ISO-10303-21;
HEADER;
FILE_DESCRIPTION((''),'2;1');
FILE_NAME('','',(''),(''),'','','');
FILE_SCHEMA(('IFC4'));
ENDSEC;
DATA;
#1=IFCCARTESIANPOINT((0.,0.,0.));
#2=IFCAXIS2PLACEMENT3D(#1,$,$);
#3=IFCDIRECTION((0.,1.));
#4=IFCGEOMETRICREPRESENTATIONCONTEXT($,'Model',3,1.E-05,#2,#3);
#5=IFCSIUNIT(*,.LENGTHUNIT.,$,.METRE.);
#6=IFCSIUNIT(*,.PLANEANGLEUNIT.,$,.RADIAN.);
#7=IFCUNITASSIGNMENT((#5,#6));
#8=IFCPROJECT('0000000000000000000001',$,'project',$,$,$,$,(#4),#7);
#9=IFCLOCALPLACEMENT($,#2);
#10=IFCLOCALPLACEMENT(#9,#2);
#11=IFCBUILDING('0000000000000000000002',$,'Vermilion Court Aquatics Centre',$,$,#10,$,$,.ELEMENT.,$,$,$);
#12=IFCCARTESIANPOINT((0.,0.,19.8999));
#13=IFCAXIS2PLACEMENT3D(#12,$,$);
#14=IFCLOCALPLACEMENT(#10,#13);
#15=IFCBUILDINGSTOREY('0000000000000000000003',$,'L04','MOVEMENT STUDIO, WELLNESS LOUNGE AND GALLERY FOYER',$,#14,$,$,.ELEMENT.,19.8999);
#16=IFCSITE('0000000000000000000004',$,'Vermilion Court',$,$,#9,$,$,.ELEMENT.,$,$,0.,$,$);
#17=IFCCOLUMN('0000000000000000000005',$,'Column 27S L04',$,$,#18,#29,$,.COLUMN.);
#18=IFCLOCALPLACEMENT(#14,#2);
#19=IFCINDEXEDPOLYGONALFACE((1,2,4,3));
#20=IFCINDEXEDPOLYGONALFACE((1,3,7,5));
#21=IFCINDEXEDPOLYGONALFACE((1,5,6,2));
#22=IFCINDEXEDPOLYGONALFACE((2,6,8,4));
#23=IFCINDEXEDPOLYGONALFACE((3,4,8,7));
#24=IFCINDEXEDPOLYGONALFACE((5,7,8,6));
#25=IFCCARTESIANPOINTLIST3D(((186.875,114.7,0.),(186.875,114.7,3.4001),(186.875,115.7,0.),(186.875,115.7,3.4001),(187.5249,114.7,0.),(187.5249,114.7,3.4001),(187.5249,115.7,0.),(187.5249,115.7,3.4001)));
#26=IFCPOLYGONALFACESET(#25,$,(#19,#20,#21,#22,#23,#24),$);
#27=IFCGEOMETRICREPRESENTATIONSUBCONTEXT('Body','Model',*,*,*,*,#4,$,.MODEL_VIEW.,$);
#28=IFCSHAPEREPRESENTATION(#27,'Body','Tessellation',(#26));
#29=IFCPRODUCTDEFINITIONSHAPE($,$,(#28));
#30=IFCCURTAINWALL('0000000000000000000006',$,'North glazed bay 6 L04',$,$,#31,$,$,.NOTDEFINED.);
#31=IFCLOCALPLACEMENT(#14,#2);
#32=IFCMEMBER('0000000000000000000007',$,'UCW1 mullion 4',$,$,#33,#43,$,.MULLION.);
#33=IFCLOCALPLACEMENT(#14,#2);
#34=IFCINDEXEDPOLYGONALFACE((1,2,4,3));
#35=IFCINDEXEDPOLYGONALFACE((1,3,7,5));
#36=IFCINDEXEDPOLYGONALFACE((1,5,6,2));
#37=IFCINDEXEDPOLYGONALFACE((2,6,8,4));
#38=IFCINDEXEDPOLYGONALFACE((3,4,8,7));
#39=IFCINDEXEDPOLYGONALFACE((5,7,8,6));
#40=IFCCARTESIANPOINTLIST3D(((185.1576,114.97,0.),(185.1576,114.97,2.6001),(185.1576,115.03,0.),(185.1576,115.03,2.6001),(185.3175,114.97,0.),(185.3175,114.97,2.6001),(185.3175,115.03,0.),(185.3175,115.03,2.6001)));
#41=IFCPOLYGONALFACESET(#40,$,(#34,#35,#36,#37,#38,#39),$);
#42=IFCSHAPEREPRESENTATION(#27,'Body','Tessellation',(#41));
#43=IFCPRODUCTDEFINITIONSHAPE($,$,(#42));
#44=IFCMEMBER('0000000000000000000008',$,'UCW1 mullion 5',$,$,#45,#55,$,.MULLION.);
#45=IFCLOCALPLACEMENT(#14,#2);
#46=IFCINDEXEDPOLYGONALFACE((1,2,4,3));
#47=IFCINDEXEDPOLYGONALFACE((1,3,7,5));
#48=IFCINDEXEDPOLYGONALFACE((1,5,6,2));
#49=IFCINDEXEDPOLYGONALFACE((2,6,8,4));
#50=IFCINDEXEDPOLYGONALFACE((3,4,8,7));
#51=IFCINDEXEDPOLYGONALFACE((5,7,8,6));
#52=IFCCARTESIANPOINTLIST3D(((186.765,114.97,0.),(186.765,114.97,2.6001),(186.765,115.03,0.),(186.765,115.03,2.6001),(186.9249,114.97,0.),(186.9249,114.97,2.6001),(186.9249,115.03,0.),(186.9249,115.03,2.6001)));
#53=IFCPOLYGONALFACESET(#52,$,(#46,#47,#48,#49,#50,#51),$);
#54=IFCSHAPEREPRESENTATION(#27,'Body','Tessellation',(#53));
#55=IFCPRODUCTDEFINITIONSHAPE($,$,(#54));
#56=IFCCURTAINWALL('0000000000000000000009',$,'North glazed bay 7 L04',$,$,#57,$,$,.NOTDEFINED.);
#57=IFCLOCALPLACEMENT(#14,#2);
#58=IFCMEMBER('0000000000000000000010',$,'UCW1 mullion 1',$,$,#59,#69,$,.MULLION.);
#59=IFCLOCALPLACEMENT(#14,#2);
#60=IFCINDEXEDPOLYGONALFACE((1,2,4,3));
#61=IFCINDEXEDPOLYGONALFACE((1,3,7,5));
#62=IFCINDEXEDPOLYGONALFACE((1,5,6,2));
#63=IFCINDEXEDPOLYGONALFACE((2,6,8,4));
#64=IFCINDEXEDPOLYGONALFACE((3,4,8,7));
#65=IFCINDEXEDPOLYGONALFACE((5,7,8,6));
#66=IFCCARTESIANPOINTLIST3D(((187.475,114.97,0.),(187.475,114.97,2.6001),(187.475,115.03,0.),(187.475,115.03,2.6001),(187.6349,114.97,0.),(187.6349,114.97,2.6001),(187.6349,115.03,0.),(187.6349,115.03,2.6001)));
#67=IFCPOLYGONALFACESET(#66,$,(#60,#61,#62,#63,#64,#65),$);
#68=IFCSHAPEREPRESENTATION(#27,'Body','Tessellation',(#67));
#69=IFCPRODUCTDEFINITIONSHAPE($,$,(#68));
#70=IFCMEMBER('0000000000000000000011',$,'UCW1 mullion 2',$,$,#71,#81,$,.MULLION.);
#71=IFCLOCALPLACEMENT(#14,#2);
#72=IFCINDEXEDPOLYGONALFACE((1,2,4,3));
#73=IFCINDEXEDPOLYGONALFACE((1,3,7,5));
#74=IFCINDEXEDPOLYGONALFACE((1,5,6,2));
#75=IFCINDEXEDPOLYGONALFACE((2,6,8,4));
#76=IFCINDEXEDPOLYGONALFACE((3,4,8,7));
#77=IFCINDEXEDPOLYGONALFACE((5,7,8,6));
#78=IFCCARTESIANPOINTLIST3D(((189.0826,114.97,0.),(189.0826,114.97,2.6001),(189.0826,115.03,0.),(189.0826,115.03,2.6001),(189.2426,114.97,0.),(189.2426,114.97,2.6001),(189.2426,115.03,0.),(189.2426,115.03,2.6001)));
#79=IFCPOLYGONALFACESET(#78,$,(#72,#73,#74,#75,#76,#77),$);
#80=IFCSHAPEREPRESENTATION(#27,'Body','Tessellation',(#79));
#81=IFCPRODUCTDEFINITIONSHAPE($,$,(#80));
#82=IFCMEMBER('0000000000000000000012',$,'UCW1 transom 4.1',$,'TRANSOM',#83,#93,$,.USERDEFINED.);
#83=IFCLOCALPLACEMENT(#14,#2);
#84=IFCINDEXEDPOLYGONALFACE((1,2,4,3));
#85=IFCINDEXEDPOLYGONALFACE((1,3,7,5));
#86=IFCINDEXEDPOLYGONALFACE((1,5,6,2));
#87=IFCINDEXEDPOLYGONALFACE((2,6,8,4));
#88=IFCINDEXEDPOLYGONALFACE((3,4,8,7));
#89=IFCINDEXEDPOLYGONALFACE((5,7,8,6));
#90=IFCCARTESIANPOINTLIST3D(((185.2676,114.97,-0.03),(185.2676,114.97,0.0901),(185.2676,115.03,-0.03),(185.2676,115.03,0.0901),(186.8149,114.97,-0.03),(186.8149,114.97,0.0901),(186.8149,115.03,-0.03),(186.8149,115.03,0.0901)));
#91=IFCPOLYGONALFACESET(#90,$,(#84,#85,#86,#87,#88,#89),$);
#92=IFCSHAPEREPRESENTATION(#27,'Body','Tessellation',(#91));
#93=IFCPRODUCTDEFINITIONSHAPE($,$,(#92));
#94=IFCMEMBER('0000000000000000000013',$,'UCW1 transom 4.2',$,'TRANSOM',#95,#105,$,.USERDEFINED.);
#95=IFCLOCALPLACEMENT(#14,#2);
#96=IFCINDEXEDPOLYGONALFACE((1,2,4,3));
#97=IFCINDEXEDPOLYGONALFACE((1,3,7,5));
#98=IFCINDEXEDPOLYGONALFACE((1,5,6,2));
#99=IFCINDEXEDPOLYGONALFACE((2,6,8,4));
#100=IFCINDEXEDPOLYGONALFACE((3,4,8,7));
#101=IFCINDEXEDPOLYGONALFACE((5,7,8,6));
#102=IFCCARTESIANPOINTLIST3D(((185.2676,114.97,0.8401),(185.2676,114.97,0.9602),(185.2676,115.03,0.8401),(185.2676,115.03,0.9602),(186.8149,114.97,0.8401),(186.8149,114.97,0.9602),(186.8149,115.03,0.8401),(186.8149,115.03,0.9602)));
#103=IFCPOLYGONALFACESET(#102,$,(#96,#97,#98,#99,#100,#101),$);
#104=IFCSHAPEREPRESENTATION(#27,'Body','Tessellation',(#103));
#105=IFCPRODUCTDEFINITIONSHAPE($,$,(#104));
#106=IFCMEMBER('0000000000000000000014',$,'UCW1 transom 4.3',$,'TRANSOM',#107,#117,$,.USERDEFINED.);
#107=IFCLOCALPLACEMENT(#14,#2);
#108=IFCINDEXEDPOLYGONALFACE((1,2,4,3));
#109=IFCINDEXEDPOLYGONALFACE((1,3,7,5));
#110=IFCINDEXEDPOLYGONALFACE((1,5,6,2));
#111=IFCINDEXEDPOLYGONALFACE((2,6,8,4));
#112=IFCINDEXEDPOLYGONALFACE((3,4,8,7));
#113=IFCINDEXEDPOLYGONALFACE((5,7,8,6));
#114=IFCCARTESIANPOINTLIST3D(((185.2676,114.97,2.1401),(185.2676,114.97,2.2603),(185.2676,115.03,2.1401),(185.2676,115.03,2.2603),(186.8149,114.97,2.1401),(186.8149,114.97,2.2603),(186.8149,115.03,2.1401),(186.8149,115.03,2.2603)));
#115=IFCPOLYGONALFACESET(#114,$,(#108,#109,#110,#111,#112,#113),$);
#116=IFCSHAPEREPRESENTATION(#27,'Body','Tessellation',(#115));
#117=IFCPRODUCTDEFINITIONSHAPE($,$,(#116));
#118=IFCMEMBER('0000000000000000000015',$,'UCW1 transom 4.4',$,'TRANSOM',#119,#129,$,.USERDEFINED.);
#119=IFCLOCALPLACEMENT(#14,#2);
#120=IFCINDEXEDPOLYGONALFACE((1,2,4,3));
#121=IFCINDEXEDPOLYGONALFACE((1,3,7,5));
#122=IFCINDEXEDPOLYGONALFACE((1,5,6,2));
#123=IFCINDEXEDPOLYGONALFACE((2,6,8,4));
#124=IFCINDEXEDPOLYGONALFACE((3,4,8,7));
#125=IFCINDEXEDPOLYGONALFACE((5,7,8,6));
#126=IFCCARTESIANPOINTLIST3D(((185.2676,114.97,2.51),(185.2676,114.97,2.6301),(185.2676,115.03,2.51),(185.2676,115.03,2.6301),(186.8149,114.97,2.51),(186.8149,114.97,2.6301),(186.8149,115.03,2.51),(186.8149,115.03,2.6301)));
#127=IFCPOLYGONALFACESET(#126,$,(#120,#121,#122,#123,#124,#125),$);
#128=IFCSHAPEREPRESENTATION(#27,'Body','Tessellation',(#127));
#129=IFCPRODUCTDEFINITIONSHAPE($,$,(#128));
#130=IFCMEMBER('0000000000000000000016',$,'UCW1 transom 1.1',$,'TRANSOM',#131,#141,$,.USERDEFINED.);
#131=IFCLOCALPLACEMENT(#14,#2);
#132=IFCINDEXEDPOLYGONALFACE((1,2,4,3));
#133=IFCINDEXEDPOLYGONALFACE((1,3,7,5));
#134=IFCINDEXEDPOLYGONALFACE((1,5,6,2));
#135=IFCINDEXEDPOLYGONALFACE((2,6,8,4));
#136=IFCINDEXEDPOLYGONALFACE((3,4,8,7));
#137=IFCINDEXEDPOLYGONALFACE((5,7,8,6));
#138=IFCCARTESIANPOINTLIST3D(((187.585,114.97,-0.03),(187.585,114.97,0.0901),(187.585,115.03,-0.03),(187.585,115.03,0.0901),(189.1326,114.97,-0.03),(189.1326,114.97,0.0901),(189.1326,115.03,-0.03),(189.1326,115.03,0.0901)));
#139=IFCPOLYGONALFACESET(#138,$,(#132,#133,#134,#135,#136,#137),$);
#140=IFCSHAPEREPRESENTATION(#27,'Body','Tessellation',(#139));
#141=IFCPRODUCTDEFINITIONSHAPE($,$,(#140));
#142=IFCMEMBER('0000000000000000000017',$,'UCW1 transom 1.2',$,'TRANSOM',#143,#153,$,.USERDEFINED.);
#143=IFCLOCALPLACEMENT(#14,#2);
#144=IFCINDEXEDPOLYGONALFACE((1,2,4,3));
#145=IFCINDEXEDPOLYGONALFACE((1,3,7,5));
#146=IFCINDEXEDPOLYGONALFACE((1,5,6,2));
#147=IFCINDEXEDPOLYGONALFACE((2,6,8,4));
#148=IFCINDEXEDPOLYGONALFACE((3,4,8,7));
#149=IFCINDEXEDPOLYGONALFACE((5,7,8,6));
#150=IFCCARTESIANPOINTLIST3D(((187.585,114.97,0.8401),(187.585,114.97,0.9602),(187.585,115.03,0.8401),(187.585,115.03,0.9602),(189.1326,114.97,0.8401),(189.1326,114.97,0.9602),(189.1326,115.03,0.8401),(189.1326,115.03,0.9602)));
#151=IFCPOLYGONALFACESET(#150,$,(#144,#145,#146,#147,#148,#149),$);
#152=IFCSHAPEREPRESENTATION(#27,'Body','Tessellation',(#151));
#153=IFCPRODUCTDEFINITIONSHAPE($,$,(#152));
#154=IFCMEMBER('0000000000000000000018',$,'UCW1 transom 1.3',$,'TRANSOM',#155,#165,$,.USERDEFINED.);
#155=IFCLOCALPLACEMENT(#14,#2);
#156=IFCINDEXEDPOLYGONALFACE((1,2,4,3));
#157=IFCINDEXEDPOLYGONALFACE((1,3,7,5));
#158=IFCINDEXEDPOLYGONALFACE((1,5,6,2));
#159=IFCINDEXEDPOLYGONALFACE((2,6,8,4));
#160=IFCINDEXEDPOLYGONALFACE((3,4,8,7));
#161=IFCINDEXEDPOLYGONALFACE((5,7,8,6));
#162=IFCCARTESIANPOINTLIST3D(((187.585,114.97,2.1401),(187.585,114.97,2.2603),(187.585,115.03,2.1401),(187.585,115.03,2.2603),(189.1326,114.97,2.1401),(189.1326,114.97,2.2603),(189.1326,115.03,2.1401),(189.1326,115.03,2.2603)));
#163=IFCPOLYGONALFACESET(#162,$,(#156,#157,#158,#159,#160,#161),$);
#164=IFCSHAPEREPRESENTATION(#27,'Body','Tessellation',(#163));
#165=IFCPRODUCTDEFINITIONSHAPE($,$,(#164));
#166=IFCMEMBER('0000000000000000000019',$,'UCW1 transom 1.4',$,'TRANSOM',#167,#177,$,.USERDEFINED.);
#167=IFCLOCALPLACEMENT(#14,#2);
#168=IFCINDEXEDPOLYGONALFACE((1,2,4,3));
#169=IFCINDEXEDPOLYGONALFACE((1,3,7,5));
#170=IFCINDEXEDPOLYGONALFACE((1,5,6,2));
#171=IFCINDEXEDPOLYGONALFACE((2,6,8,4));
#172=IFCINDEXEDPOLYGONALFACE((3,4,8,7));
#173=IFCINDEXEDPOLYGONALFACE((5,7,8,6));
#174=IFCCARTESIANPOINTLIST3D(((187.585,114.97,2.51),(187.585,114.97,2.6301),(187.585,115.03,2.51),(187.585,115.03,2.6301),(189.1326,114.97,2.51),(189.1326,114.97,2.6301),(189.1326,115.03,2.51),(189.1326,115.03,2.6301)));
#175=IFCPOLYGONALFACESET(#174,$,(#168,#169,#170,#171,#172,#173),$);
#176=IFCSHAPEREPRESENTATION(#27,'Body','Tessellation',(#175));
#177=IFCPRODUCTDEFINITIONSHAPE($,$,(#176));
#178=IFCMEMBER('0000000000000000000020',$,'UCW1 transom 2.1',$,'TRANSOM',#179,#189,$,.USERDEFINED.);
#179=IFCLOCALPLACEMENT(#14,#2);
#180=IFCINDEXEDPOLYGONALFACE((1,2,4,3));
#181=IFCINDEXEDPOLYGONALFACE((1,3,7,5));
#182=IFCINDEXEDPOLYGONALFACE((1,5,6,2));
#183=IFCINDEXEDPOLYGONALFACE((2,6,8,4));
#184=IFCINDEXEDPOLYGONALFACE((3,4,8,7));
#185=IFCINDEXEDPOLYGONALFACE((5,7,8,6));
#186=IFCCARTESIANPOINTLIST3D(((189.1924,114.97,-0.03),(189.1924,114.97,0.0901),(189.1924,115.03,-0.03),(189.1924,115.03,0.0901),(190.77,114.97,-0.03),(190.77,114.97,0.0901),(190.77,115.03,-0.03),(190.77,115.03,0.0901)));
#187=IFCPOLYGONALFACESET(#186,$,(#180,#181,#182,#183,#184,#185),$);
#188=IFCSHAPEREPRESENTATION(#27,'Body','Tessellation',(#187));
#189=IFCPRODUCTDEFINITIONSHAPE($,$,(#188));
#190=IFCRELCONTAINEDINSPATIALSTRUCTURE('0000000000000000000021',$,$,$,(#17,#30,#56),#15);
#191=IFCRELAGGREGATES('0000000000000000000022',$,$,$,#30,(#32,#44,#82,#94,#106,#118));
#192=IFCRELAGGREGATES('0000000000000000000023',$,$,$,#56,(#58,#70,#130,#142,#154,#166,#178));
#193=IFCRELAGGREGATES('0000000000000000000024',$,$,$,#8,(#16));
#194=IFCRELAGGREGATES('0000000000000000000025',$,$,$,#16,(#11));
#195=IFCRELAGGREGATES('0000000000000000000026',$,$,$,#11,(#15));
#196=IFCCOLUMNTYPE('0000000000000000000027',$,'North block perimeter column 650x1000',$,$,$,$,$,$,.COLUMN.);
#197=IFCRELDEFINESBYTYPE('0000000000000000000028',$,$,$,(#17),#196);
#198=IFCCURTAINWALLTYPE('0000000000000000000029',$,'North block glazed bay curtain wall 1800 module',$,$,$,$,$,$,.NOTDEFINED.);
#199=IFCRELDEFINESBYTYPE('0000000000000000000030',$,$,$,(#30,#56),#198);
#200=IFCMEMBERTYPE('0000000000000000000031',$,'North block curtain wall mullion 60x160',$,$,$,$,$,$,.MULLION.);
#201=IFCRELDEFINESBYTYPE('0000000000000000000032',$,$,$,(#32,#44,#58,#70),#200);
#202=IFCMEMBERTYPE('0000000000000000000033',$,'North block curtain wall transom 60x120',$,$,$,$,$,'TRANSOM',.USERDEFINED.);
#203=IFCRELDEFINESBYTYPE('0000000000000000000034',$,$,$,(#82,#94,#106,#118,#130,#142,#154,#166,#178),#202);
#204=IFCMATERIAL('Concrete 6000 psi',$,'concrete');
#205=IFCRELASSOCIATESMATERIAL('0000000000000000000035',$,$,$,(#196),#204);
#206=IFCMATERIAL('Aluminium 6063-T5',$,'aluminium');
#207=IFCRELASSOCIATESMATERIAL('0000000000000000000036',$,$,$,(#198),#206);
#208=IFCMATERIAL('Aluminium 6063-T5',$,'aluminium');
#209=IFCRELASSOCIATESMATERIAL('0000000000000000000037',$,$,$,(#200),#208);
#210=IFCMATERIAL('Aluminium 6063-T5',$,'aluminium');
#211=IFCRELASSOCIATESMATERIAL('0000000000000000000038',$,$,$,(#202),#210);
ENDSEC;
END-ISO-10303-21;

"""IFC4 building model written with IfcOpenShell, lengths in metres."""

from ifc_helpers import new_model, si_unit, direction, frame, origin, origin_2d, place, context, subcontext, project, spatial, rectangle, extrude, material, material_profile, profile_set, type_object, element, aggregate, save


model = new_model("IFC4")

# Units and contexts
model_context = context("Model", 3, precision=1e-05, world=origin(), true_north=direction((0.0, 1.0)))
body_context = subcontext(model_context, "Body", "Model", "MODEL_VIEW")
ifc_project = project(units=[si_unit("LENGTHUNIT", "METRE"), si_unit("PLANEANGLEUNIT", "RADIAN")], contexts=[model_context])

# Site, building, storey
site_placement = place(None, origin())
site = spatial("IfcSite", under=ifc_project, at=site_placement, Name="Vermilion Court", CompositionType="ELEMENT", RefElevation=0.0)
building_placement = place(site_placement, origin())
building = spatial("IfcBuilding", under=site, at=building_placement, Name="Vermilion Court Aquatics Centre", CompositionType="ELEMENT")
storey_placement = place(building_placement, frame((0.0, 0.0, 19.8999)))
storey = spatial("IfcBuildingStorey", under=building, at=storey_placement, Name="L04", Description="MOVEMENT STUDIO, WELLNESS LOUNGE AND GALLERY FOYER", CompositionType="ELEMENT", Elevation=19.8999)

# Column
ifc_material_1 = material(Name="Concrete 6000 psi", Category="concrete")
ifc_material_profile_1 = material_profile(ifc_material_1, rectangle(XDim=0.6499, YDim=1.0, at=origin_2d()), Name="RC 650x1000")
ifc_profile_set_1 = profile_set([ifc_material_profile_1], Name="Concrete 6000 psi")
column_type = type_object("IfcColumnType", Name="North block perimeter column 650x1000", PredefinedType="COLUMN", material=ifc_profile_set_1)
column_placement = place(storey_placement, frame((187.2, 115.2, 0.0), z_axis=(0.0, 0.0, 1.0), x_axis=(1.0, 0.0, 0.0)))
element("IfcColumn", 1, at=column_placement, inside=storey, type_object=column_type, Name="Column 27S L04", PredefinedType="COLUMN", context=body_context, shape_type="SweptSolid", body=[
    extrude(rectangle(XDim=0.6499, YDim=1.0, at=origin_2d()), origin(), (0.0, 0.0, 1.0), 3.4001),
])

# Curtain walls, members
ifc_material_2 = material(Name="Aluminium 6063-T5", Category="aluminium")
curtain_wall_type = type_object("IfcCurtainWallType", Name="North block glazed bay curtain wall 1800 module", PredefinedType="NOTDEFINED", material=ifc_material_2)
curtain_wall_1_placement = place(storey_placement, origin())
curtain_wall_1 = element("IfcCurtainWall", 2, at=curtain_wall_1_placement, inside=storey, type_object=curtain_wall_type, Name="North glazed bay 6 L04", PredefinedType="NOTDEFINED")
ifc_material_3 = material(Name="Aluminium 6063-T5", Category="aluminium")
ifc_material_profile_2 = material_profile(ifc_material_3, rectangle(XDim=0.0601, YDim=0.1599, at=origin_2d()), Name="AL 60x160")
ifc_profile_set_2 = profile_set([ifc_material_profile_2], Name="Aluminium 6063-T5")
member_type_1 = type_object("IfcMemberType", Name="North block curtain wall mullion 60x160", PredefinedType="MULLION", material=ifc_profile_set_2)
member_1_placement = place(storey_placement, frame((185.2375, 115.0, 0.0), z_axis=(0.0, 0.0, 1.0), x_axis=(0.0, 1.0, 0.0)))
member_1 = element("IfcMember", 3, at=member_1_placement, type_object=member_type_1, Name="UCW1 mullion 4", PredefinedType="MULLION", context=body_context, shape_type="SweptSolid", body=[
    extrude(rectangle(XDim=0.0601, YDim=0.1599, at=origin_2d()), origin(), (0.0, 0.0, 1.0), 2.6001),
])
member_2_placement = place(storey_placement, frame((186.845, 115.0, 0.0), z_axis=(0.0, 0.0, 1.0), x_axis=(0.0, 1.0, 0.0)))
member_2 = element("IfcMember", 4, at=member_2_placement, type_object=member_type_1, Name="UCW1 mullion 5", PredefinedType="MULLION", context=body_context, shape_type="SweptSolid", body=[
    extrude(rectangle(XDim=0.0601, YDim=0.1599, at=origin_2d()), origin(), (0.0, 0.0, 1.0), 2.6001),
])
curtain_wall_2_placement = place(storey_placement, origin())
curtain_wall_2 = element("IfcCurtainWall", 5, at=curtain_wall_2_placement, inside=storey, type_object=curtain_wall_type, Name="North glazed bay 7 L04", PredefinedType="NOTDEFINED")
member_3_placement = place(storey_placement, frame((187.5549, 115.0, 0.0), z_axis=(0.0, 0.0, 1.0), x_axis=(0.0, 1.0, 0.0)))
member_3 = element("IfcMember", 6, at=member_3_placement, type_object=member_type_1, Name="UCW1 mullion 1", PredefinedType="MULLION", context=body_context, shape_type="SweptSolid", body=[
    extrude(rectangle(XDim=0.0601, YDim=0.1599, at=origin_2d()), origin(), (0.0, 0.0, 1.0), 2.6001),
])
member_4_placement = place(storey_placement, frame((189.1626, 115.0, 0.0), z_axis=(0.0, 0.0, 1.0), x_axis=(0.0, 1.0, 0.0)))
member_4 = element("IfcMember", 7, at=member_4_placement, type_object=member_type_1, Name="UCW1 mullion 2", PredefinedType="MULLION", context=body_context, shape_type="SweptSolid", body=[
    extrude(rectangle(XDim=0.0601, YDim=0.1599, at=origin_2d()), origin(), (0.0, 0.0, 1.0), 2.6001),
])

# Members
ifc_material_4 = material(Name="Aluminium 6063-T5", Category="aluminium")
ifc_material_profile_3 = material_profile(ifc_material_4, rectangle(XDim=0.0601, YDim=0.1201, at=origin_2d()), Name="AL 60x120")
ifc_profile_set_3 = profile_set([ifc_material_profile_3], Name="Aluminium 6063-T5")
member_type_2 = type_object("IfcMemberType", Name="North block curtain wall transom 60x120", ElementType="TRANSOM", PredefinedType="USERDEFINED", material=ifc_profile_set_3)
member_5_placement = place(storey_placement, frame((185.2676, 115.0, 0.03), z_axis=(1.0, 0.0, 0.0), x_axis=(0.0, 1.0, 0.0)))
member_5 = element("IfcMember", 8, at=member_5_placement, type_object=member_type_2, Name="UCW1 transom 4.1", ObjectType="TRANSOM", PredefinedType="USERDEFINED", context=body_context, shape_type="SweptSolid", body=[
    extrude(rectangle(XDim=0.0601, YDim=0.1201, at=origin_2d()), origin(), (0.0, 0.0, 1.0), 1.5474),
])
member_6_placement = place(storey_placement, frame((185.2676, 115.0, 0.9001), z_axis=(1.0, 0.0, 0.0), x_axis=(0.0, 1.0, 0.0)))
member_6 = element("IfcMember", 9, at=member_6_placement, type_object=member_type_2, Name="UCW1 transom 4.2", ObjectType="TRANSOM", PredefinedType="USERDEFINED", context=body_context, shape_type="SweptSolid", body=[
    extrude(rectangle(XDim=0.0601, YDim=0.1201, at=origin_2d()), origin(), (0.0, 0.0, 1.0), 1.5474),
])
member_7_placement = place(storey_placement, frame((185.2676, 115.0, 2.2002), z_axis=(1.0, 0.0, 0.0), x_axis=(0.0, 1.0, 0.0)))
member_7 = element("IfcMember", 10, at=member_7_placement, type_object=member_type_2, Name="UCW1 transom 4.3", ObjectType="TRANSOM", PredefinedType="USERDEFINED", context=body_context, shape_type="SweptSolid", body=[
    extrude(rectangle(XDim=0.0601, YDim=0.1201, at=origin_2d()), origin(), (0.0, 0.0, 1.0), 1.5474),
])
member_8_placement = place(storey_placement, frame((185.2676, 115.0, 2.5701), z_axis=(1.0, 0.0, 0.0), x_axis=(0.0, 1.0, 0.0)))
member_8 = element("IfcMember", 11, at=member_8_placement, type_object=member_type_2, Name="UCW1 transom 4.4", ObjectType="TRANSOM", PredefinedType="USERDEFINED", context=body_context, shape_type="SweptSolid", body=[
    extrude(rectangle(XDim=0.0601, YDim=0.1201, at=origin_2d()), origin(), (0.0, 0.0, 1.0), 1.5474),
])
member_9_placement = place(storey_placement, frame((187.585, 115.0, 0.03), z_axis=(1.0, 0.0, 0.0), x_axis=(0.0, 1.0, 0.0)))
member_9 = element("IfcMember", 12, at=member_9_placement, type_object=member_type_2, Name="UCW1 transom 1.1", ObjectType="TRANSOM", PredefinedType="USERDEFINED", context=body_context, shape_type="SweptSolid", body=[
    extrude(rectangle(XDim=0.0601, YDim=0.1201, at=origin_2d()), origin(), (0.0, 0.0, 1.0), 1.5476),
])
member_10_placement = place(storey_placement, frame((187.585, 115.0, 0.9001), z_axis=(1.0, 0.0, 0.0), x_axis=(0.0, 1.0, 0.0)))
member_10 = element("IfcMember", 13, at=member_10_placement, type_object=member_type_2, Name="UCW1 transom 1.2", ObjectType="TRANSOM", PredefinedType="USERDEFINED", context=body_context, shape_type="SweptSolid", body=[
    extrude(rectangle(XDim=0.0601, YDim=0.1201, at=origin_2d()), origin(), (0.0, 0.0, 1.0), 1.5476),
])
member_11_placement = place(storey_placement, frame((187.585, 115.0, 2.2002), z_axis=(1.0, 0.0, 0.0), x_axis=(0.0, 1.0, 0.0)))
member_11 = element("IfcMember", 14, at=member_11_placement, type_object=member_type_2, Name="UCW1 transom 1.3", ObjectType="TRANSOM", PredefinedType="USERDEFINED", context=body_context, shape_type="SweptSolid", body=[
    extrude(rectangle(XDim=0.0601, YDim=0.1201, at=origin_2d()), origin(), (0.0, 0.0, 1.0), 1.5476),
])
member_12_placement = place(storey_placement, frame((187.585, 115.0, 2.5701), z_axis=(1.0, 0.0, 0.0), x_axis=(0.0, 1.0, 0.0)))
member_12 = element("IfcMember", 15, at=member_12_placement, type_object=member_type_2, Name="UCW1 transom 1.4", ObjectType="TRANSOM", PredefinedType="USERDEFINED", context=body_context, shape_type="SweptSolid", body=[
    extrude(rectangle(XDim=0.0601, YDim=0.1201, at=origin_2d()), origin(), (0.0, 0.0, 1.0), 1.5476),
])
member_13_placement = place(storey_placement, frame((189.1924, 115.0, 0.03), z_axis=(1.0, 0.0, 0.0), x_axis=(0.0, 1.0, 0.0)))
member_13 = element("IfcMember", 16, at=member_13_placement, type_object=member_type_2, Name="UCW1 transom 2.1", ObjectType="TRANSOM", PredefinedType="USERDEFINED", context=body_context, shape_type="SweptSolid", body=[
    extrude(rectangle(XDim=0.0601, YDim=0.1201, at=origin_2d()), origin(), (0.0, 0.0, 1.0), 1.5776),
])

aggregate(curtain_wall_1, [member_1, member_2, member_5, member_6, member_7, member_8])
aggregate(curtain_wall_2, [member_3, member_4, member_9, member_10, member_11, member_12, member_13])

save(model, "model.ifc")
